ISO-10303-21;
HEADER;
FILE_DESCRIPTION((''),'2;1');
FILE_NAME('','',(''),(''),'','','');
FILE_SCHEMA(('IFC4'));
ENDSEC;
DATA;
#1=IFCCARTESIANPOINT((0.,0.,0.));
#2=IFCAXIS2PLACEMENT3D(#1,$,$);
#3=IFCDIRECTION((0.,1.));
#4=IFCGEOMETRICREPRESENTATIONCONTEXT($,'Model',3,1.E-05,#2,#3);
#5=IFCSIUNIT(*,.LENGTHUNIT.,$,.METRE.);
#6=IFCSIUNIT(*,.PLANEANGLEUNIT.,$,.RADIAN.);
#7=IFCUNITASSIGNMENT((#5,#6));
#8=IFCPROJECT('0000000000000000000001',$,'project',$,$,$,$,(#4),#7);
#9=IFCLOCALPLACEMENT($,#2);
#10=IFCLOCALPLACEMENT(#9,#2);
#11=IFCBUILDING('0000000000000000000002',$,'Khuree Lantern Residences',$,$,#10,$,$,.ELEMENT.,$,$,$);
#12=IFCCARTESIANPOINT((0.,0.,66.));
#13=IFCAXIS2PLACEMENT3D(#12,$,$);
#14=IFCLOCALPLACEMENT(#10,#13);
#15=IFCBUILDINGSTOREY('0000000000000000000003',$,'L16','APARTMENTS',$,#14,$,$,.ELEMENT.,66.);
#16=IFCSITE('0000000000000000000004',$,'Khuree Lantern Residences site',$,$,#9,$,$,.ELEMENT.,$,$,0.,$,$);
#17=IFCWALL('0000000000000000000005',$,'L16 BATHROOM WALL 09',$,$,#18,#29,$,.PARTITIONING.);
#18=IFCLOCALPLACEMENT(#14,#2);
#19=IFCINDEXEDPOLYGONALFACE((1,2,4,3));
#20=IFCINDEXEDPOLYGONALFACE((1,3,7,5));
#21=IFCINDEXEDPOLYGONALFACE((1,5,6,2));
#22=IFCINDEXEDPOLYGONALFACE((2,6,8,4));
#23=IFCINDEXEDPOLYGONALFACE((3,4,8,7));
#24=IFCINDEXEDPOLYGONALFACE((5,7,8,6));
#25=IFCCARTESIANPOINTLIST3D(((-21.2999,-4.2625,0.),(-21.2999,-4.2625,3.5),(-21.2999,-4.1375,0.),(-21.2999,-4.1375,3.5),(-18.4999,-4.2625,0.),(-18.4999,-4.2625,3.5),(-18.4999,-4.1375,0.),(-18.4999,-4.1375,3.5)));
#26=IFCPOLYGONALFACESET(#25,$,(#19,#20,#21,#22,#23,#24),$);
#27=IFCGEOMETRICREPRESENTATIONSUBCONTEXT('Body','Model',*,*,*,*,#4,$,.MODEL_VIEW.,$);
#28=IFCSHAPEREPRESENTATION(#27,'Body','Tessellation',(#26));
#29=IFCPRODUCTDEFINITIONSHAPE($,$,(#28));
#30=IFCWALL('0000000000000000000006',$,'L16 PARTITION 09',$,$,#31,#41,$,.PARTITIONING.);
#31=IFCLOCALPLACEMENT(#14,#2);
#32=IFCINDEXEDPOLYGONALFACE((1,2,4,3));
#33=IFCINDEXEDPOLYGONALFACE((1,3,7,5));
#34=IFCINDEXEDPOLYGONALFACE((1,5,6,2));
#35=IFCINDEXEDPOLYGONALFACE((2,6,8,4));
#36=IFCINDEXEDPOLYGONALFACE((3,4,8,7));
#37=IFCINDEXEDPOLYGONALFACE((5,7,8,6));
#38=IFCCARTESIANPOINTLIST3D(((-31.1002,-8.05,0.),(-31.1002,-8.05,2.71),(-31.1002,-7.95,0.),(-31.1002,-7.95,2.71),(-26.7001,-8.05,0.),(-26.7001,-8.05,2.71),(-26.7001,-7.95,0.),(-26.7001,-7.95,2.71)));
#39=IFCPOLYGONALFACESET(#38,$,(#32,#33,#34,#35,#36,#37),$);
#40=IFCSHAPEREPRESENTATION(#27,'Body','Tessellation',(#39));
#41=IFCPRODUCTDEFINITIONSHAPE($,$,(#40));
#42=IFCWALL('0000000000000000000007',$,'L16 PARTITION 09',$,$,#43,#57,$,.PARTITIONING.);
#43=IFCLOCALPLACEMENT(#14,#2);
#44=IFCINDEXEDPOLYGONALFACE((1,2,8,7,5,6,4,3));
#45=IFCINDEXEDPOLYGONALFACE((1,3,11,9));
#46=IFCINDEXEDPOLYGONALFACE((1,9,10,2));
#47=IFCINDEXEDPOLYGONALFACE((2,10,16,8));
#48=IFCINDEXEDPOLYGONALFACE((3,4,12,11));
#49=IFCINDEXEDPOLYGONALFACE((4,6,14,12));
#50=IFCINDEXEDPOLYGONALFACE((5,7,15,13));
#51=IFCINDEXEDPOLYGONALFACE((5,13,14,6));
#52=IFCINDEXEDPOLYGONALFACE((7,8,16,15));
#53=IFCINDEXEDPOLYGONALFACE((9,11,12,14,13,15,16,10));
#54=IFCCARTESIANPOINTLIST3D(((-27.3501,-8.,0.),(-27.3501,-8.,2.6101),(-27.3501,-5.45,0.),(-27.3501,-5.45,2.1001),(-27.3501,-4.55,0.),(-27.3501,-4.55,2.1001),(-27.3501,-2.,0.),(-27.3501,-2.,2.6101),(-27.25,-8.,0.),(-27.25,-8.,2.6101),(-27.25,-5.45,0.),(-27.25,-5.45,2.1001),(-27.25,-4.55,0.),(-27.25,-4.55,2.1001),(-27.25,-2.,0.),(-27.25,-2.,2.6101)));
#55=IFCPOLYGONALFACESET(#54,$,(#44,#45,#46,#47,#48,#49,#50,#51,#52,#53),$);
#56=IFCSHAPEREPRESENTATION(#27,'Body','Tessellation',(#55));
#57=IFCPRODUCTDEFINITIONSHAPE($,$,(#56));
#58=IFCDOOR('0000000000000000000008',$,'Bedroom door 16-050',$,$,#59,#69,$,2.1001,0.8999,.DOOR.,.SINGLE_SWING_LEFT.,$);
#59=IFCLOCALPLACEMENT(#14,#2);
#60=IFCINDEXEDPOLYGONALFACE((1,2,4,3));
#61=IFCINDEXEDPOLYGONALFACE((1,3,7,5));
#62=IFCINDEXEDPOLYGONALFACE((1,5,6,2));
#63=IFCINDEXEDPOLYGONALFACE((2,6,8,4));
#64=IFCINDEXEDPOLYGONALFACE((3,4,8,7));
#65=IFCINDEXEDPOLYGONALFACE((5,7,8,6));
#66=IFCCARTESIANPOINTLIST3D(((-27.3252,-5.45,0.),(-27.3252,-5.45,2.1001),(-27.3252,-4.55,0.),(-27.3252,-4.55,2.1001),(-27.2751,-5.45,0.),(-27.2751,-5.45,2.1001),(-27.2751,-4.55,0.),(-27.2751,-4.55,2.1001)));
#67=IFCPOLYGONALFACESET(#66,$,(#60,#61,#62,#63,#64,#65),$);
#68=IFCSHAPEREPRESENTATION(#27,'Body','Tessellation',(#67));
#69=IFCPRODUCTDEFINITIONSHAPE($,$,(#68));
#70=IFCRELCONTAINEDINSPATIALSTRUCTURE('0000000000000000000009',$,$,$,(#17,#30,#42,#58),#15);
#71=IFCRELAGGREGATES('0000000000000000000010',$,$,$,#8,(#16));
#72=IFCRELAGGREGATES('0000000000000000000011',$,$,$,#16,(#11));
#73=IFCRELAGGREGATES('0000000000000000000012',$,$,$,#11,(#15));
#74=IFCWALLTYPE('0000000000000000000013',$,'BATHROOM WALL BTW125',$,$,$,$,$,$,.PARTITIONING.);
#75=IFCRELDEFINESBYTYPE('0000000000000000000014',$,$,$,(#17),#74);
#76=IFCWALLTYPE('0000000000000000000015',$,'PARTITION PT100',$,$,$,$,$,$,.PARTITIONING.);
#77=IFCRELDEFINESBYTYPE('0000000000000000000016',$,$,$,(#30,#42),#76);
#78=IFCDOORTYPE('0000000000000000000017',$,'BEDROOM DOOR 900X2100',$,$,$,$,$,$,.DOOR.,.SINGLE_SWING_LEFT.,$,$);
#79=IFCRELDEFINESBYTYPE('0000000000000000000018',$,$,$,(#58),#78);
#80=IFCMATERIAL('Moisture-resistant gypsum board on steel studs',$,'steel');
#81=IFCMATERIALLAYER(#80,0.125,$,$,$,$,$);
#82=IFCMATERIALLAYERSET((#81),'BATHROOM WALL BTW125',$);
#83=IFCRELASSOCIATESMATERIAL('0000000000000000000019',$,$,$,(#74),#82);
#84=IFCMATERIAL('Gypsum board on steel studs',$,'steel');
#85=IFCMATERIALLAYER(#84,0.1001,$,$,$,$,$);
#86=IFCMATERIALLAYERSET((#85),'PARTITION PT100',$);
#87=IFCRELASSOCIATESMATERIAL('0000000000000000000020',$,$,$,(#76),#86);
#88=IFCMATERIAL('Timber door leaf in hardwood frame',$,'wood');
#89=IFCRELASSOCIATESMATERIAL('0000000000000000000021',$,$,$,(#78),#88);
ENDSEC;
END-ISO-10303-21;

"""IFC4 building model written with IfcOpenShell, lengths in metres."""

from ifc_helpers import new_model, si_unit, direction, frame, frame_2d, origin, place, context, subcontext, project, spatial, rectangle, extrude, material, layer, layer_set, type_object, element, fill, save


model = new_model("IFC4")

# Units and contexts
model_context = context("Model", 3, precision=1e-05, world=origin(), true_north=direction((0.0, 1.0)))
body_context = subcontext(model_context, "Body", "Model", "MODEL_VIEW")
ifc_project = project(units=[si_unit("LENGTHUNIT", "METRE"), si_unit("PLANEANGLEUNIT", "RADIAN")], contexts=[model_context])

# Site, building, storey
site_placement = place(None, origin())
site = spatial("IfcSite", under=ifc_project, at=site_placement, Name="Khuree Lantern Residences site", CompositionType="ELEMENT", RefElevation=0.0)
building_placement = place(site_placement, origin())
building = spatial("IfcBuilding", under=site, at=building_placement, Name="Khuree Lantern Residences", CompositionType="ELEMENT")
storey_placement = place(building_placement, frame((0.0, 0.0, 66.0)))
storey = spatial("IfcBuildingStorey", under=building, at=storey_placement, Name="L16", Description="APARTMENTS", CompositionType="ELEMENT", Elevation=66.0)

# Walls
ifc_material_1 = material(Name="Moisture-resistant gypsum board on steel studs", Category="steel")
ifc_layer_1 = layer(ifc_material_1, 0.125)
ifc_layer_set_1 = layer_set([ifc_layer_1], Name="BATHROOM WALL BTW125")
wall_type_1 = type_object("IfcWallType", Name="BATHROOM WALL BTW125", PredefinedType="PARTITIONING", material=ifc_layer_set_1)
wall_1_placement = place(storey_placement, frame((-18.5, -4.2, 0.0), z_axis=(0.0, 0.0, 1.0), x_axis=(-1.0, 0.0, 0.0)))
element("IfcWall", 1, at=wall_1_placement, inside=storey, type_object=wall_type_1, Name="L16 BATHROOM WALL 09", PredefinedType="PARTITIONING", context=body_context, shape_type="SweptSolid", body=[
    extrude(rectangle(XDim=2.8, YDim=0.125, at=frame_2d((1.3999, 0.0))), origin(), (0.0, 0.0, 1.0), 3.5),
])
ifc_material_2 = material(Name="Gypsum board on steel studs", Category="steel")
ifc_layer_2 = layer(ifc_material_2, 0.1001)
ifc_layer_set_2 = layer_set([ifc_layer_2], Name="PARTITION PT100")
wall_type_2 = type_object("IfcWallType", Name="PARTITION PT100", PredefinedType="PARTITIONING", material=ifc_layer_set_2)
wall_2_placement = place(storey_placement, frame((-26.7, -8.0, 0.0), z_axis=(0.0, 0.0, 1.0), x_axis=(-1.0, 0.0, 0.0)))
element("IfcWall", 2, at=wall_2_placement, inside=storey, type_object=wall_type_2, Name="L16 PARTITION 09", PredefinedType="PARTITIONING", context=body_context, shape_type="SweptSolid", body=[
    extrude(rectangle(XDim=4.4001, YDim=0.1001, at=frame_2d((2.2002, 0.0))), origin(), (0.0, 0.0, 1.0), 2.71),
])

# Wall, opening, door
wall_3_placement = place(storey_placement, frame((-27.3, -2.0, 0.0), z_axis=(0.0, 0.0, 1.0), x_axis=(0.0, -1.0, 0.0)))
wall_3 = element("IfcWall", 3, at=wall_3_placement, inside=storey, type_object=wall_type_2, Name="L16 PARTITION 09", PredefinedType="PARTITIONING", context=body_context, shape_type="SweptSolid", body=[
    extrude(rectangle(XDim=6.0, YDim=0.1001, at=frame_2d((3.0, 0.0))), origin(), (0.0, 0.0, 1.0), 2.6101),
])
opening_placement = place(wall_3_placement, frame((2.55, 0.0, 0.0)))
opening = element("IfcOpeningElement", 4, at=opening_placement, cuts=wall_3, PredefinedType="OPENING", context=body_context, shape_type="SweptSolid", body=[
    extrude(rectangle(XDim=0.8999, YDim=2.1001, at=frame_2d((0.45, 1.05))), frame((0.0, 0.0601, 0.0), z_axis=(0.0, -1.0, 0.0), x_axis=(1.0, 0.0, 0.0)), (0.0, 0.0, 1.0), 0.1201),
])
ifc_material_3 = material(Name="Timber door leaf in hardwood frame", Category="wood")
door_type = type_object("IfcDoorType", Name="BEDROOM DOOR 900X2100", OperationType="SINGLE_SWING_LEFT", PredefinedType="DOOR", material=ifc_material_3)
door_placement = place(opening_placement, origin())
door = element("IfcDoor", 5, at=door_placement, inside=storey, type_object=door_type, Name="Bedroom door 16-050", OperationType="SINGLE_SWING_LEFT", OverallHeight=2.1001, OverallWidth=0.8999, PredefinedType="DOOR", context=body_context, shape_type="SweptSolid", body=[
    extrude(rectangle(XDim=0.8999, YDim=2.1001, at=frame_2d((0.45, 1.05))), frame((0.0, 0.0249, 0.0), z_axis=(0.0, -1.0, 0.0), x_axis=(1.0, 0.0, 0.0)), (0.0, 0.0, 1.0), 0.05),
])
fill(opening, door)

save(model, "model.ifc")
